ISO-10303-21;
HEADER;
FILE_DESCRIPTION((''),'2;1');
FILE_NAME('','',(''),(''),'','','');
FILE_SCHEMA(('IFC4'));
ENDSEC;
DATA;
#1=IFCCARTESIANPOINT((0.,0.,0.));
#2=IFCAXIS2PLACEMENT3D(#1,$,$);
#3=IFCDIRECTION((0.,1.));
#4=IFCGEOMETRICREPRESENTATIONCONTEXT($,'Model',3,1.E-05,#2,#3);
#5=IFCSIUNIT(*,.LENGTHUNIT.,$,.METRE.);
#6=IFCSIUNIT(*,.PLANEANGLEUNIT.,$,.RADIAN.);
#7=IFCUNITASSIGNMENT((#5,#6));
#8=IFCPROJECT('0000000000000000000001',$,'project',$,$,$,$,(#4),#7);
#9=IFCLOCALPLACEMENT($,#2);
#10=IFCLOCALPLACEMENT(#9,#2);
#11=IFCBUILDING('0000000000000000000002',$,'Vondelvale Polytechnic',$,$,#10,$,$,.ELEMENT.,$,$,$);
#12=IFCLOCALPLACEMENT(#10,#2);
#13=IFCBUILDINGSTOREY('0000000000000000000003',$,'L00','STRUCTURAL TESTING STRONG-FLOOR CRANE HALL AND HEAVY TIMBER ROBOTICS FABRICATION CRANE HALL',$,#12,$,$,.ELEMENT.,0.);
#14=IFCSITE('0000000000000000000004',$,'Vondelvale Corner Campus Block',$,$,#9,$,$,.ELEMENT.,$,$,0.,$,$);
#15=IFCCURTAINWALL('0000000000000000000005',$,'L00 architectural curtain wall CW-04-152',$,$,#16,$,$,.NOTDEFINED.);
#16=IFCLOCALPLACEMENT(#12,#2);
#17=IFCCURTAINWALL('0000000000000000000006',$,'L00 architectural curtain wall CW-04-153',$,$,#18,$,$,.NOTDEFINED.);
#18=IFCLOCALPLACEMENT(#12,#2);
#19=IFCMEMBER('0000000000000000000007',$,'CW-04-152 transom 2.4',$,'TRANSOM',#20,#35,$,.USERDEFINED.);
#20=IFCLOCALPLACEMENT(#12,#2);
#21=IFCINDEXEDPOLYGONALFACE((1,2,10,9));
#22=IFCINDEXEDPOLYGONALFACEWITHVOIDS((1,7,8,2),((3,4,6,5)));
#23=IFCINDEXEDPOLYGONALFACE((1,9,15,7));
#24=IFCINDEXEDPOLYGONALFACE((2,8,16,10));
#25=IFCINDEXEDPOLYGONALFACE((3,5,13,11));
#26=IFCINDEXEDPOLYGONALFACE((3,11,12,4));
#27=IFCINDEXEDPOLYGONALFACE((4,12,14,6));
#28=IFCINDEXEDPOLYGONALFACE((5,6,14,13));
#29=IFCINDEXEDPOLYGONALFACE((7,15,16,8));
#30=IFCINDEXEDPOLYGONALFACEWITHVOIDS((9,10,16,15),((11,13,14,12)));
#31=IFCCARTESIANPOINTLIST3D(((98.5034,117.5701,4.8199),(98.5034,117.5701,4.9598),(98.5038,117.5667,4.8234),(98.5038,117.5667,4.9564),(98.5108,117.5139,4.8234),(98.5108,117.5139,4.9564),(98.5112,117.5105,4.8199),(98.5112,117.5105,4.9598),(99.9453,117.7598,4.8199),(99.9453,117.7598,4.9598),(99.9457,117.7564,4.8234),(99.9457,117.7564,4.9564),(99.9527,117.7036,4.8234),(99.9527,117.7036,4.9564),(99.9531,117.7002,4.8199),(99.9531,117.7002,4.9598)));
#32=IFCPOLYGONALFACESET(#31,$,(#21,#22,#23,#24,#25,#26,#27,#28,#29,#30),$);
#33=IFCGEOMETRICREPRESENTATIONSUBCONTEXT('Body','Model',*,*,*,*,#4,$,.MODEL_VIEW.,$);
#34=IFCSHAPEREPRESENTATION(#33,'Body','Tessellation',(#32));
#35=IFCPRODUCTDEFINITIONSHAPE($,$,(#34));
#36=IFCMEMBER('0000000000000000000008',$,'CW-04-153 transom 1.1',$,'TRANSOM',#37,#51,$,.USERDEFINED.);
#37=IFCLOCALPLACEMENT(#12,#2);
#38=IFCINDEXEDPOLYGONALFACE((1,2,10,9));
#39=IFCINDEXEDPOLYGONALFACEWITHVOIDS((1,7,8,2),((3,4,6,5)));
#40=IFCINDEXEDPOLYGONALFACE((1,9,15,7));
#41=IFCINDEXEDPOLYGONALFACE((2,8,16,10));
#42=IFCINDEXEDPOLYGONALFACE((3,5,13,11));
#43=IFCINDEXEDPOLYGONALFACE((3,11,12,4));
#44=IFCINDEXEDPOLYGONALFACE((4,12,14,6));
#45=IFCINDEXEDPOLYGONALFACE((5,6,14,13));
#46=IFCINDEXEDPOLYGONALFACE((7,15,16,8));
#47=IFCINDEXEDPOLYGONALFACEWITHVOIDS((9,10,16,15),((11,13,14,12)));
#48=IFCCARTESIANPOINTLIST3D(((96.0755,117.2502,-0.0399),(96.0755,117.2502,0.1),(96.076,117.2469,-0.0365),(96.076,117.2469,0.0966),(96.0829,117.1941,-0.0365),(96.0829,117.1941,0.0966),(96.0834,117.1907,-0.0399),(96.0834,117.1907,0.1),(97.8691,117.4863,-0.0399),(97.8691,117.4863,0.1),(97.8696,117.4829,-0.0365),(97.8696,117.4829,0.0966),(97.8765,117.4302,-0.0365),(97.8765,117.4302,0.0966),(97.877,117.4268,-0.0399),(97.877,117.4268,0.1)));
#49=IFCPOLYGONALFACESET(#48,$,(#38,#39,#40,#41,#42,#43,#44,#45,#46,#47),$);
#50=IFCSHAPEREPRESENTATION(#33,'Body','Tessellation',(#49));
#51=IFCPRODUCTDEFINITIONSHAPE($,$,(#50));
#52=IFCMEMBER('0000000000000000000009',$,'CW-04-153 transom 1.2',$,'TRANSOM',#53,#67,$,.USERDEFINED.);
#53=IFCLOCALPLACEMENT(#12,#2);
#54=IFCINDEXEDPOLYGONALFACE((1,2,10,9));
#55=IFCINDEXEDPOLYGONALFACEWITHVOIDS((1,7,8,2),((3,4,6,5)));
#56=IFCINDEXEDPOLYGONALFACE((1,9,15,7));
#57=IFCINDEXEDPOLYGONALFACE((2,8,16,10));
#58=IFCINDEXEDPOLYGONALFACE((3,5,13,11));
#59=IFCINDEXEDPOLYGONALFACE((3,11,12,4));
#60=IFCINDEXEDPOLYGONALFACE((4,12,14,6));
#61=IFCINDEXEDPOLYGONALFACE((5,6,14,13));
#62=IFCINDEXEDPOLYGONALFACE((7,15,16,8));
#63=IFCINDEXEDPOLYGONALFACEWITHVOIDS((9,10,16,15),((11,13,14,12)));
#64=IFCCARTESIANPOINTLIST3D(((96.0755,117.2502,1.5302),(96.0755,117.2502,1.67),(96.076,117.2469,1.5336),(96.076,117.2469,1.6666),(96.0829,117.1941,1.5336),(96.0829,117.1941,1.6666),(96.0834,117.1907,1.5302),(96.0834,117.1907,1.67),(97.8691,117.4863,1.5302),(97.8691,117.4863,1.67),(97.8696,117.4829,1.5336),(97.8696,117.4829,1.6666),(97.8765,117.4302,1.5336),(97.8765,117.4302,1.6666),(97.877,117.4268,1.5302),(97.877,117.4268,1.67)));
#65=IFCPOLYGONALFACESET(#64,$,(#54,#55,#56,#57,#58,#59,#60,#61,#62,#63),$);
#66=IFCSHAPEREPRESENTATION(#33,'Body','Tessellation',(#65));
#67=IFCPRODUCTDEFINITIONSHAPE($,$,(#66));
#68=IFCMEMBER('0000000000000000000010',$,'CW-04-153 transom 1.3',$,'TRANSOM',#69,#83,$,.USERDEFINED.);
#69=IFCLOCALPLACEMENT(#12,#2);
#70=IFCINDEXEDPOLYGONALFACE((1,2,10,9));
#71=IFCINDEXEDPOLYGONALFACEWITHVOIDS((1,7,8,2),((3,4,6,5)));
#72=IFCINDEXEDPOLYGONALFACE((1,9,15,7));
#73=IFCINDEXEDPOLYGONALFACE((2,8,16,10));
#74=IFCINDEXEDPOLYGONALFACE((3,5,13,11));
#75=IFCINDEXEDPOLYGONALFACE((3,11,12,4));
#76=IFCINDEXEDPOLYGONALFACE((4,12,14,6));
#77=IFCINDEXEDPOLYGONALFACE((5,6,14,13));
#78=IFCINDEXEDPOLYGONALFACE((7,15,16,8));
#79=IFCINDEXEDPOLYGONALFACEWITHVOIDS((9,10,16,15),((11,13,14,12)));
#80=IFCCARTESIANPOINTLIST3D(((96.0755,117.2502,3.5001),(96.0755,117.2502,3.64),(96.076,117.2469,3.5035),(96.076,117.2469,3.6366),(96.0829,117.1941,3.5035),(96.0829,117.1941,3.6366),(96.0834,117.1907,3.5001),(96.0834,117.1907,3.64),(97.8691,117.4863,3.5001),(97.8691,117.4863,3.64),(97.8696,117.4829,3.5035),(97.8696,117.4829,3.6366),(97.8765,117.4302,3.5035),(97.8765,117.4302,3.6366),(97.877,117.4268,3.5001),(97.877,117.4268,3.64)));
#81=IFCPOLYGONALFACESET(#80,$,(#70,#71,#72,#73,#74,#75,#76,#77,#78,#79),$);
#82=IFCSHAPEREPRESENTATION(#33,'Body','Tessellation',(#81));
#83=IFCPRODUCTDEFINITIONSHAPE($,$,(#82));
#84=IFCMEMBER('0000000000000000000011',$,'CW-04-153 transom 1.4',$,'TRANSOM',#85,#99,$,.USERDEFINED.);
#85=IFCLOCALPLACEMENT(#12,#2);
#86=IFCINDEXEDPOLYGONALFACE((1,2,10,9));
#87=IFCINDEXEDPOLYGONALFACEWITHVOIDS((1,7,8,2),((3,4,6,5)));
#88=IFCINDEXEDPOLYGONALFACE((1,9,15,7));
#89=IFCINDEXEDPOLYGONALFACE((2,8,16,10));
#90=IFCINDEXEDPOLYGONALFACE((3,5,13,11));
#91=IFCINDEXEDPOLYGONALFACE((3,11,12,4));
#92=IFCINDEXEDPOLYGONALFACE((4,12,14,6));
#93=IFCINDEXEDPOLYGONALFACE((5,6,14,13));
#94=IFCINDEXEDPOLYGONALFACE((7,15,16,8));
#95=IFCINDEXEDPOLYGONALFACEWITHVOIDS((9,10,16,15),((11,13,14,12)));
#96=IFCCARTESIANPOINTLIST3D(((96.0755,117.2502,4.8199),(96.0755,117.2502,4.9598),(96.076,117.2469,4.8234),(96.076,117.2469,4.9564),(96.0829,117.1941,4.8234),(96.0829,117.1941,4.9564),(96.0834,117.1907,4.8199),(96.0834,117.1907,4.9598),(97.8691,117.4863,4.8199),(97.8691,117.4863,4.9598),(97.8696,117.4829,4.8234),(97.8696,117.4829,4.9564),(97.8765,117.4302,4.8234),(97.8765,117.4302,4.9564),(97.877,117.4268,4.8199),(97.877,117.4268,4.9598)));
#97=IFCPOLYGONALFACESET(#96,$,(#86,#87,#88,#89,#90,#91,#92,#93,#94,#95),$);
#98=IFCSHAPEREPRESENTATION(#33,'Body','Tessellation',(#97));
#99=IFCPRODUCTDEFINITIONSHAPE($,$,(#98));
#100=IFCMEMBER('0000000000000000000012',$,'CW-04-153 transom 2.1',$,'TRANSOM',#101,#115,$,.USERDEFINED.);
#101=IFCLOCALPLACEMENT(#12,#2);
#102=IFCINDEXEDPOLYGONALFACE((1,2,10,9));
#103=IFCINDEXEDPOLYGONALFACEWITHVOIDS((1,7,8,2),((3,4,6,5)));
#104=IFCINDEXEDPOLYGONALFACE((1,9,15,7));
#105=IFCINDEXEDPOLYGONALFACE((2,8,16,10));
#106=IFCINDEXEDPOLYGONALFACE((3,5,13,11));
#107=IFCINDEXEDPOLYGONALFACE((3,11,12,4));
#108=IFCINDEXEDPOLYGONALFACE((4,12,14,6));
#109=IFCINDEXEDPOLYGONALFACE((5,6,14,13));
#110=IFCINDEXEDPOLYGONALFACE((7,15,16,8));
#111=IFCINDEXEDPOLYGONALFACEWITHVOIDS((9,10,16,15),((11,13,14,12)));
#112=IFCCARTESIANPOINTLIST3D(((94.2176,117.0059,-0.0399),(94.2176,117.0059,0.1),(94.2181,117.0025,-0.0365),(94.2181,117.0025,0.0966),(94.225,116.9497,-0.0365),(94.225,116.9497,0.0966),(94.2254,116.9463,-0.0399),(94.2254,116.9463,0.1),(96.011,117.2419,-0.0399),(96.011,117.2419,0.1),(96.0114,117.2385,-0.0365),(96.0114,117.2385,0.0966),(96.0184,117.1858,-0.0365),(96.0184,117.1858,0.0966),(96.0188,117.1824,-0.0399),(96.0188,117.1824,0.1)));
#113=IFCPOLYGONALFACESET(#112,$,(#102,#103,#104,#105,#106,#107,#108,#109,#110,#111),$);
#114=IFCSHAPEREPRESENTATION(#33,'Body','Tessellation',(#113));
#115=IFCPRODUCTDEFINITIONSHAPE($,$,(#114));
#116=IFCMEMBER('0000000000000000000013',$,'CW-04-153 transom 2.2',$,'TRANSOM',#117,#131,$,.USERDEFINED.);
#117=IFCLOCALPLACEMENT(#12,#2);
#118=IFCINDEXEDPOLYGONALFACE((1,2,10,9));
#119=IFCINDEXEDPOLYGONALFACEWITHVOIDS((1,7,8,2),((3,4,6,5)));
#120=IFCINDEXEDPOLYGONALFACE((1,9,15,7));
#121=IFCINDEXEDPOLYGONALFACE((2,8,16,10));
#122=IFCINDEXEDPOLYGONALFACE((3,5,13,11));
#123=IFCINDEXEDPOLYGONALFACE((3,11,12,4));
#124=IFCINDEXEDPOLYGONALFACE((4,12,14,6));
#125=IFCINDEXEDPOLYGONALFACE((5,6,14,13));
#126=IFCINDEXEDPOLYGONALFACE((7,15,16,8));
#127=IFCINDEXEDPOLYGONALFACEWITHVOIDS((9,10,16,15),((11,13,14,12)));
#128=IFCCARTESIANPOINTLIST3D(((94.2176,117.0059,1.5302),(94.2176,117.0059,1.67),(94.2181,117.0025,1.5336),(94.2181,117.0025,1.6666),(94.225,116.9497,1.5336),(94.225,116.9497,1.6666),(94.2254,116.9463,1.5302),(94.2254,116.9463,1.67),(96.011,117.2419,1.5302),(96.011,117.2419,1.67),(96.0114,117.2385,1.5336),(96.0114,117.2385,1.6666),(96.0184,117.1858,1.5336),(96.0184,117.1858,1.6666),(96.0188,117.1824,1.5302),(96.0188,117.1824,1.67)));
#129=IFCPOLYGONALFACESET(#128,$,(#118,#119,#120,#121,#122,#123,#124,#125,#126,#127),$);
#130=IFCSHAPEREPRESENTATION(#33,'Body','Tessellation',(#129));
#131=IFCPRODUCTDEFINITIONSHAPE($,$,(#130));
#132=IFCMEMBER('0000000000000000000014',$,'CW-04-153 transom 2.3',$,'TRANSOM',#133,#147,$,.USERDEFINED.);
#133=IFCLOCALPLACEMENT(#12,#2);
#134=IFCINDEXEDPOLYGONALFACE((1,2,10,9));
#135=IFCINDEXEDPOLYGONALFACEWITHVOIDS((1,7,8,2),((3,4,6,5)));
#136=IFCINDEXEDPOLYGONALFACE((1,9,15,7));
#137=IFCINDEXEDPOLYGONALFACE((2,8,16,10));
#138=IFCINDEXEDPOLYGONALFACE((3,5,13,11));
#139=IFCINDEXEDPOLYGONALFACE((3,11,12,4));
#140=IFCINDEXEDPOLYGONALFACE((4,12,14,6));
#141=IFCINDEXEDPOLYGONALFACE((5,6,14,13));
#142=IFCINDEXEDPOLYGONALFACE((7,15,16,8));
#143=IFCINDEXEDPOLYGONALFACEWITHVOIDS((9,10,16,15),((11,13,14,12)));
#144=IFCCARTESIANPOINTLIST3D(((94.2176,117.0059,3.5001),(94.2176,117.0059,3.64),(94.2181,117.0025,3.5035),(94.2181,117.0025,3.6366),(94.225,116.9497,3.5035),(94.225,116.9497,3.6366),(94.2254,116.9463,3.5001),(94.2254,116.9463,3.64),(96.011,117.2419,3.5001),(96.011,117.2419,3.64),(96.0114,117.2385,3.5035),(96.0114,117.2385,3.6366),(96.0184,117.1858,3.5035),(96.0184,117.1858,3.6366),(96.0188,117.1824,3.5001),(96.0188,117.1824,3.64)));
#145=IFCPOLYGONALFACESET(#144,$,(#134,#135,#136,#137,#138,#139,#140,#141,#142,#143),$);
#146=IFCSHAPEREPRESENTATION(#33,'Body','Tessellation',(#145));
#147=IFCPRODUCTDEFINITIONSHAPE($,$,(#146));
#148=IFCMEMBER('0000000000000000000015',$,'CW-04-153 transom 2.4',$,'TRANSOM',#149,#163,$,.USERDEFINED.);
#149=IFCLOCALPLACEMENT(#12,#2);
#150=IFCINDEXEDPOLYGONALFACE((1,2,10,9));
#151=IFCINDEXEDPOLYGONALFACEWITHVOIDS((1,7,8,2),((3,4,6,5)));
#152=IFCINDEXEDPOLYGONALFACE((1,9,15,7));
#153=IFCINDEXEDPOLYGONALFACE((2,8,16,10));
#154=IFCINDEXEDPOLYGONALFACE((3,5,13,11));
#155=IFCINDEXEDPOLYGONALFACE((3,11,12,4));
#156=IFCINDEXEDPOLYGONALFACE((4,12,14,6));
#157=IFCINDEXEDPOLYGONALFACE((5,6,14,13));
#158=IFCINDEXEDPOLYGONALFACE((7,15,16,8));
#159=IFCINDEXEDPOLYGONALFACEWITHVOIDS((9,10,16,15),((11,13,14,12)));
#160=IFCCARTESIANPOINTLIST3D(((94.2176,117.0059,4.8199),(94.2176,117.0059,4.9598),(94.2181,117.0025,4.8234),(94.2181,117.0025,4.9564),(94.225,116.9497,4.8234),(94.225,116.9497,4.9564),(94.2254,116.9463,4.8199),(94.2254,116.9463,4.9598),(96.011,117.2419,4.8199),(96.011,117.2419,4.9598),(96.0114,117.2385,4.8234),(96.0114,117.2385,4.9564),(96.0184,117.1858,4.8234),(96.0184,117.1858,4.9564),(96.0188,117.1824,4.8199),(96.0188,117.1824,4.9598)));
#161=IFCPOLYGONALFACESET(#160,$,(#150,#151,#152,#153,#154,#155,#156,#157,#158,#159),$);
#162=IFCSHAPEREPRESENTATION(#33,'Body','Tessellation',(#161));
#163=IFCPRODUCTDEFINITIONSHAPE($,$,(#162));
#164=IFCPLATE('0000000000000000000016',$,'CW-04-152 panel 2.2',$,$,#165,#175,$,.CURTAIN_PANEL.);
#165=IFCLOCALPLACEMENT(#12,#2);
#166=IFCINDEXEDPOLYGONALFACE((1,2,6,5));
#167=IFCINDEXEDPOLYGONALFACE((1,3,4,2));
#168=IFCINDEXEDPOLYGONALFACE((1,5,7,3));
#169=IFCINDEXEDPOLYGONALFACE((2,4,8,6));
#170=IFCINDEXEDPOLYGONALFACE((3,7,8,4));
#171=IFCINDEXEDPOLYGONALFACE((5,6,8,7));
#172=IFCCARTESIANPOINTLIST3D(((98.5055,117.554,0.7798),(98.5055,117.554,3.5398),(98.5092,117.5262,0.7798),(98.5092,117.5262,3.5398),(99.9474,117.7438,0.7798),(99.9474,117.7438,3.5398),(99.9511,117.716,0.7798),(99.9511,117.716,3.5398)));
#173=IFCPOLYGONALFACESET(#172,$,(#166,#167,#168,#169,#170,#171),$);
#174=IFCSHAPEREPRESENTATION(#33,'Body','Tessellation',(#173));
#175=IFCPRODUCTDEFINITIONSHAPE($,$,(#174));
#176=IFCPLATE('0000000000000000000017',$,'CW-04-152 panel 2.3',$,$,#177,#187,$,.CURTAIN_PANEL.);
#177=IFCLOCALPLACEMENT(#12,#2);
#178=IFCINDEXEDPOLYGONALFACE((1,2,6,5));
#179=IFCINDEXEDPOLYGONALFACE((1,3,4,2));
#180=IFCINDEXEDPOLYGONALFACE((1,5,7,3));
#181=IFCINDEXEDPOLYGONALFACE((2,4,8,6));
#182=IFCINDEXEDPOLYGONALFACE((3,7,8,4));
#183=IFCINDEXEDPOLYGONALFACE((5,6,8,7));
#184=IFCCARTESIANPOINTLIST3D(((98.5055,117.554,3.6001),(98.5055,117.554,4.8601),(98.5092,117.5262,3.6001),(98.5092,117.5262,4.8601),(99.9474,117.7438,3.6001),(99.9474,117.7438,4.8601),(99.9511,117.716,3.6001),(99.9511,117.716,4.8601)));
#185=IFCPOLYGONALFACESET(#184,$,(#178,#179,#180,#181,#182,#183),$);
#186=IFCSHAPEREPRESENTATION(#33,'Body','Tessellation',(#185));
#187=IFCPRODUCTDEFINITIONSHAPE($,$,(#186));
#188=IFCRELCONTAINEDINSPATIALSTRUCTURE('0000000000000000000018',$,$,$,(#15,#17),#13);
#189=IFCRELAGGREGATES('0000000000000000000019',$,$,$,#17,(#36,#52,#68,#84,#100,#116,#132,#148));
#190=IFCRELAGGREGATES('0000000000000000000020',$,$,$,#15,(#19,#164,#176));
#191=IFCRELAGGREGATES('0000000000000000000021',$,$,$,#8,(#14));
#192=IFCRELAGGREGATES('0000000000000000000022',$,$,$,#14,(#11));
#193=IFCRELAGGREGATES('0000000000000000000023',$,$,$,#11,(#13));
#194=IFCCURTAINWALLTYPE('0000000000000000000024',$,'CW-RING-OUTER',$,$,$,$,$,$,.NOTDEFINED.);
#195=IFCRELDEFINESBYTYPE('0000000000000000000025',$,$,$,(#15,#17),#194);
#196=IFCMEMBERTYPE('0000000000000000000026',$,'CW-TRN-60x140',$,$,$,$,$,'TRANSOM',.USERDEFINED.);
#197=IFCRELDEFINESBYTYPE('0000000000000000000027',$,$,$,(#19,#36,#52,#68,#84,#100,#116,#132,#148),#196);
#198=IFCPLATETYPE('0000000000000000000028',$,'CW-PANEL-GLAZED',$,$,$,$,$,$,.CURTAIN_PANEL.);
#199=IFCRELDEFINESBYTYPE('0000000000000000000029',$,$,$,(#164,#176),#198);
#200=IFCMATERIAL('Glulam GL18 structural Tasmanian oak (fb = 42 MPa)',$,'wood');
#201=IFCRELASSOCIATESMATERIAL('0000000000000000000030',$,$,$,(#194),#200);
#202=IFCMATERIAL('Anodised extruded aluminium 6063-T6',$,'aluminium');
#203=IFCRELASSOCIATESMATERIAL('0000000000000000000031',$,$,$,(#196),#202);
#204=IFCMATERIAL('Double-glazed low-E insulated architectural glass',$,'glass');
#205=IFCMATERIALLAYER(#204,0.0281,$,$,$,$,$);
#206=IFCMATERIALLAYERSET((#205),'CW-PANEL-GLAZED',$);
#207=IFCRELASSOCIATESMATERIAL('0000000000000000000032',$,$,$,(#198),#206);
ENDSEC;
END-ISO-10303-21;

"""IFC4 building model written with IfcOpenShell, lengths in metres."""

from ifc_helpers import new_model, si_unit, direction, frame, origin, origin_2d, place, context, subcontext, project, spatial, rectangle, hollow_rectangle, extrude, material, layer, layer_set, material_profile, profile_set, type_object, element, aggregate, save


model = new_model("IFC4")

# Units and contexts
model_context = context("Model", 3, precision=1e-05, world=origin(), true_north=direction((0.0, 1.0)))
body_context = subcontext(model_context, "Body", "Model", "MODEL_VIEW")
ifc_project = project(units=[si_unit("LENGTHUNIT", "METRE"), si_unit("PLANEANGLEUNIT", "RADIAN")], contexts=[model_context])

# Site, building, storey
site_placement = place(None, origin())
site = spatial("IfcSite", under=ifc_project, at=site_placement, Name="Vondelvale Corner Campus Block", CompositionType="ELEMENT", RefElevation=0.0)
building_placement = place(site_placement, origin())
building = spatial("IfcBuilding", under=site, at=building_placement, Name="Vondelvale Polytechnic", CompositionType="ELEMENT")
storey_placement = place(building_placement, origin())
storey = spatial("IfcBuildingStorey", under=building, at=storey_placement, Name="L00", Description="STRUCTURAL TESTING STRONG-FLOOR CRANE HALL AND HEAVY TIMBER ROBOTICS FABRICATION CRANE HALL", CompositionType="ELEMENT", Elevation=0.0)

# Shared definitions
ifc_material_1 = material(Name="Glulam GL18 structural Tasmanian oak (fb = 42 MPa)", Category="wood")

# Curtain walls
curtain_wall_type = type_object("IfcCurtainWallType", Name="CW-RING-OUTER", PredefinedType="NOTDEFINED", material=ifc_material_1)
curtain_wall_1_placement = place(storey_placement, origin())
curtain_wall_1 = element("IfcCurtainWall", 1, at=curtain_wall_1_placement, inside=storey, type_object=curtain_wall_type, Name="L00 architectural curtain wall CW-04-152", PredefinedType="NOTDEFINED")
ifc_material_2 = material(Name="Anodised extruded aluminium 6063-T6", Category="aluminium")
curtain_wall_2_placement = place(storey_placement, origin())
curtain_wall_2 = element("IfcCurtainWall", 2, at=curtain_wall_2_placement, inside=storey, type_object=curtain_wall_type, Name="L00 architectural curtain wall CW-04-153", PredefinedType="NOTDEFINED")

# Members
ifc_material_profile_1 = material_profile(ifc_material_2, hollow_rectangle(XDim=0.0601, YDim=0.1399, WallThickness=0.0034, at=origin_2d()), Name="CW-TRN-140x60")
ifc_profile_set_1 = profile_set([ifc_material_profile_1], Name="Anodised extruded aluminium 6063-T6")
member_type_1 = type_object("IfcMemberType", Name="CW-TRN-60x140", ElementType="TRANSOM", PredefinedType="USERDEFINED", material=ifc_profile_set_1)
member_1_placement = place(storey_placement, frame((99.9492, 117.73, 4.8899), z_axis=(-0.991457, -0.130437, 0.0), x_axis=(0.130437, -0.991457, 0.0)))
member_1 = element("IfcMember", 3, at=member_1_placement, type_object=member_type_1, Name="CW-04-152 transom 2.4", ObjectType="TRANSOM", PredefinedType="USERDEFINED", context=body_context, shape_type="SweptSolid", body=[
    extrude(hollow_rectangle(XDim=0.0601, YDim=0.1399, WallThickness=0.0034, at=origin_2d()), origin(), (0.0, 0.0, 1.0), 1.4543),
])
member_2_placement = place(storey_placement, frame((97.873, 117.4565, 0.03), z_axis=(-0.991449, -0.130493, 0.0), x_axis=(0.130493, -0.991449, 0.0)))
member_2 = element("IfcMember", 4, at=member_2_placement, type_object=member_type_1, Name="CW-04-153 transom 1.1", ObjectType="TRANSOM", PredefinedType="USERDEFINED", context=body_context, shape_type="SweptSolid", body=[
    extrude(hollow_rectangle(XDim=0.0601, YDim=0.1399, WallThickness=0.0034, at=origin_2d()), origin(), (0.0, 0.0, 1.0), 1.8091),
])
member_3_placement = place(storey_placement, frame((97.873, 117.4565, 1.6001), z_axis=(-0.991449, -0.130493, 0.0), x_axis=(0.130493, -0.991449, 0.0)))
member_3 = element("IfcMember", 5, at=member_3_placement, type_object=member_type_1, Name="CW-04-153 transom 1.2", ObjectType="TRANSOM", PredefinedType="USERDEFINED", context=body_context, shape_type="SweptSolid", body=[
    extrude(hollow_rectangle(XDim=0.0601, YDim=0.1399, WallThickness=0.0034, at=origin_2d()), origin(), (0.0, 0.0, 1.0), 1.8091),
])
member_4_placement = place(storey_placement, frame((97.873, 117.4565, 3.5701), z_axis=(-0.991449, -0.130493, 0.0), x_axis=(0.130493, -0.991449, 0.0)))
member_4 = element("IfcMember", 6, at=member_4_placement, type_object=member_type_1, Name="CW-04-153 transom 1.3", ObjectType="TRANSOM", PredefinedType="USERDEFINED", context=body_context, shape_type="SweptSolid", body=[
    extrude(hollow_rectangle(XDim=0.0601, YDim=0.1399, WallThickness=0.0034, at=origin_2d()), origin(), (0.0, 0.0, 1.0), 1.8091),
])
member_5_placement = place(storey_placement, frame((97.873, 117.4565, 4.8899), z_axis=(-0.991449, -0.130493, 0.0), x_axis=(0.130493, -0.991449, 0.0)))
member_5 = element("IfcMember", 7, at=member_5_placement, type_object=member_type_1, Name="CW-04-153 transom 1.4", ObjectType="TRANSOM", PredefinedType="USERDEFINED", context=body_context, shape_type="SweptSolid", body=[
    extrude(hollow_rectangle(XDim=0.0601, YDim=0.1399, WallThickness=0.0034, at=origin_2d()), origin(), (0.0, 0.0, 1.0), 1.8091),
])
member_6_placement = place(storey_placement, frame((96.0149, 117.2122, 0.03), z_axis=(-0.991447, -0.13051, 0.0), x_axis=(0.13051, -0.991447, 0.0)))
member_6 = element("IfcMember", 8, at=member_6_placement, type_object=member_type_1, Name="CW-04-153 transom 2.1", ObjectType="TRANSOM", PredefinedType="USERDEFINED", context=body_context, shape_type="SweptSolid", body=[
    extrude(hollow_rectangle(XDim=0.0601, YDim=0.1399, WallThickness=0.0034, at=origin_2d()), origin(), (0.0, 0.0, 1.0), 1.8088),
])
member_7_placement = place(storey_placement, frame((96.0149, 117.2122, 1.6001), z_axis=(-0.991447, -0.13051, 0.0), x_axis=(0.13051, -0.991447, 0.0)))
member_7 = element("IfcMember", 9, at=member_7_placement, type_object=member_type_1, Name="CW-04-153 transom 2.2", ObjectType="TRANSOM", PredefinedType="USERDEFINED", context=body_context, shape_type="SweptSolid", body=[
    extrude(hollow_rectangle(XDim=0.0601, YDim=0.1399, WallThickness=0.0034, at=origin_2d()), origin(), (0.0, 0.0, 1.0), 1.8088),
])
member_8_placement = place(storey_placement, frame((96.0149, 117.2122, 3.5701), z_axis=(-0.991447, -0.13051, 0.0), x_axis=(0.13051, -0.991447, 0.0)))
member_8 = element("IfcMember", 10, at=member_8_placement, type_object=member_type_1, Name="CW-04-153 transom 2.3", ObjectType="TRANSOM", PredefinedType="USERDEFINED", context=body_context, shape_type="SweptSolid", body=[
    extrude(hollow_rectangle(XDim=0.0601, YDim=0.1399, WallThickness=0.0034, at=origin_2d()), origin(), (0.0, 0.0, 1.0), 1.8088),
])
member_9_placement = place(storey_placement, frame((96.0149, 117.2122, 4.8899), z_axis=(-0.991447, -0.13051, 0.0), x_axis=(0.13051, -0.991447, 0.0)))
member_9 = element("IfcMember", 11, at=member_9_placement, type_object=member_type_1, Name="CW-04-153 transom 2.4", ObjectType="TRANSOM", PredefinedType="USERDEFINED", context=body_context, shape_type="SweptSolid", body=[
    extrude(hollow_rectangle(XDim=0.0601, YDim=0.1399, WallThickness=0.0034, at=origin_2d()), origin(), (0.0, 0.0, 1.0), 1.8088),
])

# Plates
ifc_material_3 = material(Name="Double-glazed low-E insulated architectural glass", Category="glass")
ifc_layer_1 = layer(ifc_material_3, 0.0281)
ifc_layer_set_1 = layer_set([ifc_layer_1], Name="CW-PANEL-GLAZED")
plate_type_1 = type_object("IfcPlateType", Name="CW-PANEL-GLAZED", PredefinedType="CURTAIN_PANEL", material=ifc_layer_set_1)
plate_1_placement = place(storey_placement, frame((99.2283, 117.635, 0.7798), z_axis=(0.0, 0.0, 1.0), x_axis=(-0.991445, -0.130524, 0.0)))
plate_1 = element("IfcPlate", 12, at=plate_1_placement, type_object=plate_type_1, Name="CW-04-152 panel 2.2", PredefinedType="CURTAIN_PANEL", context=body_context, shape_type="SweptSolid", body=[
    extrude(rectangle(XDim=1.4543, YDim=0.0281, at=origin_2d()), origin(), (0.0, 0.0, 1.0), 2.76),
])
plate_2_placement = place(storey_placement, frame((99.2283, 117.635, 3.6001), z_axis=(0.0, 0.0, 1.0), x_axis=(-0.991445, -0.130524, 0.0)))
plate_2 = element("IfcPlate", 13, at=plate_2_placement, type_object=plate_type_1, Name="CW-04-152 panel 2.3", PredefinedType="CURTAIN_PANEL", context=body_context, shape_type="SweptSolid", body=[
    extrude(rectangle(XDim=1.4543, YDim=0.0281, at=origin_2d()), origin(), (0.0, 0.0, 1.0), 1.26),
])
aggregate(curtain_wall_2, [member_2, member_3, member_4, member_5, member_6, member_7, member_8, member_9])
aggregate(curtain_wall_1, [member_1, plate_1, plate_2])

save(model, "model.ifc")
